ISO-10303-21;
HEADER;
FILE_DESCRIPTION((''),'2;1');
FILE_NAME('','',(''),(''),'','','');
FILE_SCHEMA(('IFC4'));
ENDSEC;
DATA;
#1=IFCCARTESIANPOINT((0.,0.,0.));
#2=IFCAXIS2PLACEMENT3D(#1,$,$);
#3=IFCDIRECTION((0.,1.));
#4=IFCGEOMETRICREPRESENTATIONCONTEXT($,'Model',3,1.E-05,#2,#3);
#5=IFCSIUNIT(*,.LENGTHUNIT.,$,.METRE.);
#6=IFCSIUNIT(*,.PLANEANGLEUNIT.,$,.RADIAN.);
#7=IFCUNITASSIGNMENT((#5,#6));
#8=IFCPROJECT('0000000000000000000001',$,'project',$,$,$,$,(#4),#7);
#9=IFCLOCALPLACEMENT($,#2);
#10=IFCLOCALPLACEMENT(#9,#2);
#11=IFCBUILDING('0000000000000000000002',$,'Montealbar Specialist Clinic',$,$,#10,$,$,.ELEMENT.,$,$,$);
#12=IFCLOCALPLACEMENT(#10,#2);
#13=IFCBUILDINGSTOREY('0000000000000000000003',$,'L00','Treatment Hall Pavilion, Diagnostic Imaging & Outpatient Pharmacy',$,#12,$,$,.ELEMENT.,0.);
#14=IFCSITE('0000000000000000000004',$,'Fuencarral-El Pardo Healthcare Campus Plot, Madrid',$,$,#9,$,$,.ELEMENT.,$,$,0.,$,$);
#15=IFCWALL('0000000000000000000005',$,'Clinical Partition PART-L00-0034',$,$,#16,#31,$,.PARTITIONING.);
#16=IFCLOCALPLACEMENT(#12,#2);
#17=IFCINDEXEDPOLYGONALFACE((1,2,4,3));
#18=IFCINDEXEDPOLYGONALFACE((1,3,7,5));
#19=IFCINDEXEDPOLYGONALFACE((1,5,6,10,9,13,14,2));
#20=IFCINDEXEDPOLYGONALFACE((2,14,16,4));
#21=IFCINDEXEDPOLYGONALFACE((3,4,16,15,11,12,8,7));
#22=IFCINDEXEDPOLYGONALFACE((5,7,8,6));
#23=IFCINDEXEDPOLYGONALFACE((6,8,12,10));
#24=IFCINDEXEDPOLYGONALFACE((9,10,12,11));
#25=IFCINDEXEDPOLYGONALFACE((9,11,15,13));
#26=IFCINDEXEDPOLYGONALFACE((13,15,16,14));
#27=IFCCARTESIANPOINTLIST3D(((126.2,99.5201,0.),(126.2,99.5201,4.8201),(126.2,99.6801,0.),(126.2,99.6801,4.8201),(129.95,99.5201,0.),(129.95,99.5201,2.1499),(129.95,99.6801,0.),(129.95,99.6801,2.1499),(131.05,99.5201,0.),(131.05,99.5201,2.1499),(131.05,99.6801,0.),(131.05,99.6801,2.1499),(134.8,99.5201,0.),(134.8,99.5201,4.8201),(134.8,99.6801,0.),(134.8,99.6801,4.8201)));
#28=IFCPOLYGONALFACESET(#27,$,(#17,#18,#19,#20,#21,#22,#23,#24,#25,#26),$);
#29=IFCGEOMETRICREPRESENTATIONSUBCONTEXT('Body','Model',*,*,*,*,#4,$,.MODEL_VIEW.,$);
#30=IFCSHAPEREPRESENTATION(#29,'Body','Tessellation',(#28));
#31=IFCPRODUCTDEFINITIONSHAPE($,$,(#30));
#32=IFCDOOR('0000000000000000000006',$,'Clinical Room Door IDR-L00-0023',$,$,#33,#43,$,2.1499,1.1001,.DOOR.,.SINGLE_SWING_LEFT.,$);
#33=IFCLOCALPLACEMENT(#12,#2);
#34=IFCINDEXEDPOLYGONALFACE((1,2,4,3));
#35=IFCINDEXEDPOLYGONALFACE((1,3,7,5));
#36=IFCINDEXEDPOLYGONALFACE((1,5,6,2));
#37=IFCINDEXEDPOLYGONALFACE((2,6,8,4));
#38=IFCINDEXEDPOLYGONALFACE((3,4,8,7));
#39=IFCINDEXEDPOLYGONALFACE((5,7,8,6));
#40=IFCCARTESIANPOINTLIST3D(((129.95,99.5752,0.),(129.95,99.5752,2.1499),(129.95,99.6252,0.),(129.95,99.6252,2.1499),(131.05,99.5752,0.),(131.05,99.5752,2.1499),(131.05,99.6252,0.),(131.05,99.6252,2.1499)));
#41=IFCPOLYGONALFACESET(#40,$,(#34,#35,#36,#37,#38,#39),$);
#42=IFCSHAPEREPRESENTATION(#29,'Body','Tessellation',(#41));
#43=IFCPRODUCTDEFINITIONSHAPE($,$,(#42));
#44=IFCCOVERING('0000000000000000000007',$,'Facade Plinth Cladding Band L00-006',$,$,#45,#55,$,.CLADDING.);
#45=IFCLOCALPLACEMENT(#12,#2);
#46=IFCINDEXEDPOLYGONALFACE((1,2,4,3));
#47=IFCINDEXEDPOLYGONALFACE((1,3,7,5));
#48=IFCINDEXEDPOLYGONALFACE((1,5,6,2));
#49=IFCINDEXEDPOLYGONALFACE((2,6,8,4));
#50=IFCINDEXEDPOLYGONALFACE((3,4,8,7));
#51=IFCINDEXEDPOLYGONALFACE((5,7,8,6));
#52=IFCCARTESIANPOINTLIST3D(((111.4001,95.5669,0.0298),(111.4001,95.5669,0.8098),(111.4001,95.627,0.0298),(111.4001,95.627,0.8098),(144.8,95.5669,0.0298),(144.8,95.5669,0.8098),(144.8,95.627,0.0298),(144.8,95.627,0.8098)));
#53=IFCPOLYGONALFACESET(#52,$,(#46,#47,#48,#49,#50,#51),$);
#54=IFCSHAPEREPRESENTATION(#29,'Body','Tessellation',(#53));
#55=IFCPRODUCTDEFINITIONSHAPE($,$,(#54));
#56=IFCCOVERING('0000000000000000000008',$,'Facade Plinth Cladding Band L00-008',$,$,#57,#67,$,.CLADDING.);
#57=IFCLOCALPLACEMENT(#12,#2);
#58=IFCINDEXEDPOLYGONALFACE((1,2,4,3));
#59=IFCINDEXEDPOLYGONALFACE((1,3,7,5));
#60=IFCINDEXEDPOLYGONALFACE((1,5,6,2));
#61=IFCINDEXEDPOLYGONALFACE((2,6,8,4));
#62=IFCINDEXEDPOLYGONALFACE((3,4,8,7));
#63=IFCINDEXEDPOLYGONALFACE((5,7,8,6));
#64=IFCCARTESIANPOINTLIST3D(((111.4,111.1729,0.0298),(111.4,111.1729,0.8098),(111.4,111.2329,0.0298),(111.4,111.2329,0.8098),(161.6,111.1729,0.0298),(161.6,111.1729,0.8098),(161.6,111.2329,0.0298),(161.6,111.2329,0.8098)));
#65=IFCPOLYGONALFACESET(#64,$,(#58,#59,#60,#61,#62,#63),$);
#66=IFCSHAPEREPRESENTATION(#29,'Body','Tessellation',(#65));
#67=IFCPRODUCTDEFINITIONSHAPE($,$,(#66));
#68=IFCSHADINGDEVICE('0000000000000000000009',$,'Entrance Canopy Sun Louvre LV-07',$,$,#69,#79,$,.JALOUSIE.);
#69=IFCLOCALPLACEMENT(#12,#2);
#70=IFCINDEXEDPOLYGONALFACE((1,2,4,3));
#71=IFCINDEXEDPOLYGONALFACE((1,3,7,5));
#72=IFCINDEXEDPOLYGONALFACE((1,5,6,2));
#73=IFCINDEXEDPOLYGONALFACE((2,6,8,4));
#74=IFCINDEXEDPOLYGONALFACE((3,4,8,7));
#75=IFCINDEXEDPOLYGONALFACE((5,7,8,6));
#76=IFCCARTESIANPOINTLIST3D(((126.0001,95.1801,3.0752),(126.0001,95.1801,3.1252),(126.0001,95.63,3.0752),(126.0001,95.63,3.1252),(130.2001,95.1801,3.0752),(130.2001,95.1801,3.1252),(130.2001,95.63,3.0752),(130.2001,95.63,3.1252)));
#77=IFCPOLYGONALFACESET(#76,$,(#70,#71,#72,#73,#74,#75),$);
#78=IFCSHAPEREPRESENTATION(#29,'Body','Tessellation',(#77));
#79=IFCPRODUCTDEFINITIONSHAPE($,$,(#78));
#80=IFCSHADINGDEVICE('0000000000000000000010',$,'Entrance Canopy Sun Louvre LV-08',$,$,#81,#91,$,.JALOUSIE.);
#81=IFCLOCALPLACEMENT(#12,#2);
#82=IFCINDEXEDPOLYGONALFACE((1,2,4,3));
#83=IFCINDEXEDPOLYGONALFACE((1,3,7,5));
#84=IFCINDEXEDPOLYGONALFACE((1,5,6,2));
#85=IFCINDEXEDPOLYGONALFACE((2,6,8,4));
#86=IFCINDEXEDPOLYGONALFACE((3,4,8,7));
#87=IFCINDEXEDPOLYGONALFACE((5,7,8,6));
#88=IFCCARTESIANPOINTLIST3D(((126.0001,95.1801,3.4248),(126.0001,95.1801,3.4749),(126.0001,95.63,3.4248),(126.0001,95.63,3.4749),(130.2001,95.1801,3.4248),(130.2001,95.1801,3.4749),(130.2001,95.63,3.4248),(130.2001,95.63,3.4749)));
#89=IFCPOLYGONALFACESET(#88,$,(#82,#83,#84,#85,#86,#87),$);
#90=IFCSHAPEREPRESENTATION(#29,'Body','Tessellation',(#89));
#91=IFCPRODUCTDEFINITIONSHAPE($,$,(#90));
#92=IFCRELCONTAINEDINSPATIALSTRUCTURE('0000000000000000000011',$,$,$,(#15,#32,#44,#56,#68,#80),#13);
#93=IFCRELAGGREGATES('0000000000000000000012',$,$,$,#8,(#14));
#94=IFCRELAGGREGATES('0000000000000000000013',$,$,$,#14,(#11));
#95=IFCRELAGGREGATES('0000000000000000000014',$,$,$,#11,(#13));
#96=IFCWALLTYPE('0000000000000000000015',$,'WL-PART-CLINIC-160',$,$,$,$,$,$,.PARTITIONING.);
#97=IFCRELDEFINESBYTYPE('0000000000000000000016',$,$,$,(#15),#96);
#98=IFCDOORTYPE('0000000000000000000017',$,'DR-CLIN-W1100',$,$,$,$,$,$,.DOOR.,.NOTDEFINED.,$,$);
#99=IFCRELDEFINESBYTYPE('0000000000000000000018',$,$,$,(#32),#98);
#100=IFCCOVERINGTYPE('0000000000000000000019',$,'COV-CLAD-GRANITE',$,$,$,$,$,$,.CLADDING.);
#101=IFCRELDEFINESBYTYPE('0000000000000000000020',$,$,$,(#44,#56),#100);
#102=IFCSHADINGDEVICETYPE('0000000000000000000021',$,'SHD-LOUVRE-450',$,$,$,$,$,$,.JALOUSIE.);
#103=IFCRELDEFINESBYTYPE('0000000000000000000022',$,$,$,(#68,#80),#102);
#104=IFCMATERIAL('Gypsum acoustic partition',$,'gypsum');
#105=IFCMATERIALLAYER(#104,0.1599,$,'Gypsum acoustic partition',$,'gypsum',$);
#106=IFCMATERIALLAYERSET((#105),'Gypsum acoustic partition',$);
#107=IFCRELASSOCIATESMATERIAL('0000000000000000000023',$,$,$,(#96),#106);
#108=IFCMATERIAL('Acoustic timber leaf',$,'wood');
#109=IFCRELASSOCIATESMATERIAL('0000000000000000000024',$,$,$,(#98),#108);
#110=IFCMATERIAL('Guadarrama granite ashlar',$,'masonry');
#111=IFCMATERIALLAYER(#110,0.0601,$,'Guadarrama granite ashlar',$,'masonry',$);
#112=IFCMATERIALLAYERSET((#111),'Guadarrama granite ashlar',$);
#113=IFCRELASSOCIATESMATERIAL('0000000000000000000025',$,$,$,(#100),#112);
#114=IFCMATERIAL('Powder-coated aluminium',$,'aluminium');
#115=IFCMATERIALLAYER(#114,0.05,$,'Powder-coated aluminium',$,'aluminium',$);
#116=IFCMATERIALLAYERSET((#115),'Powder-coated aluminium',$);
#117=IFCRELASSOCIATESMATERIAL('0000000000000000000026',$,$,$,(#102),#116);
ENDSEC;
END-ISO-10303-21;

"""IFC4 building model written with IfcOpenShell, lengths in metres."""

from ifc_helpers import new_model, si_unit, direction, frame, frame_2d, origin, origin_2d, place, context, subcontext, project, spatial, rectangle, extrude, material, layer, layer_set, type_object, element, fill, save


model = new_model("IFC4")

# Units and contexts
model_context = context("Model", 3, precision=1e-05, world=origin(), true_north=direction((0.0, 1.0)))
body_context = subcontext(model_context, "Body", "Model", "MODEL_VIEW")
ifc_project = project(units=[si_unit("LENGTHUNIT", "METRE"), si_unit("PLANEANGLEUNIT", "RADIAN")], contexts=[model_context])

# Site, building, storey
site_placement = place(None, origin())
site = spatial("IfcSite", under=ifc_project, at=site_placement, Name="Fuencarral-El Pardo Healthcare Campus Plot, Madrid", CompositionType="ELEMENT", RefElevation=0.0)
building_placement = place(site_placement, origin())
building = spatial("IfcBuilding", under=site, at=building_placement, Name="Montealbar Specialist Clinic", CompositionType="ELEMENT")
storey_placement = place(building_placement, origin())
storey = spatial("IfcBuildingStorey", under=building, at=storey_placement, Name="L00", Description="Treatment Hall Pavilion, Diagnostic Imaging & Outpatient Pharmacy", CompositionType="ELEMENT", Elevation=0.0)

# Shared definitions
ifc_material_1 = material(Name="Guadarrama granite ashlar", Category="masonry")

# Wall, opening, door
ifc_material_2 = material(Name="Gypsum acoustic partition", Category="gypsum")
ifc_layer_1 = layer(ifc_material_2, 0.1599, Name="Gypsum acoustic partition", Category="gypsum")
ifc_layer_set_1 = layer_set([ifc_layer_1], Name="Gypsum acoustic partition")
wall_type = type_object("IfcWallType", Name="WL-PART-CLINIC-160", PredefinedType="PARTITIONING", material=ifc_layer_set_1)
wall_placement = place(storey_placement, frame((126.2, 99.6001, 0.0), z_axis=(0.0, 0.0, 1.0), x_axis=(1.0, 0.0, 0.0)))
wall = element("IfcWall", 1, at=wall_placement, inside=storey, type_object=wall_type, Name="Clinical Partition PART-L00-0034", PredefinedType="PARTITIONING", context=body_context, shape_type="SweptSolid", body=[
    extrude(rectangle(XDim=8.6001, YDim=0.1599, at=frame_2d((4.3, 0.0))), origin(), (0.0, 0.0, 1.0), 4.8201),
])
opening_placement = place(wall_placement, frame((3.75, 0.0, 0.0)))
opening = element("IfcOpeningElement", 2, at=opening_placement, cuts=wall, PredefinedType="OPENING", context=body_context, shape_type="SweptSolid", body=[
    extrude(rectangle(XDim=1.1001, YDim=2.1499, at=frame_2d((0.55, 1.075))), frame((0.0, 0.0898, 0.0), z_axis=(0.0, -1.0, 0.0), x_axis=(1.0, 0.0, 0.0)), (0.0, 0.0, 1.0), 0.1799),
])
ifc_material_3 = material(Name="Acoustic timber leaf", Category="wood")
door_type = type_object("IfcDoorType", Name="DR-CLIN-W1100", OperationType="NOTDEFINED", PredefinedType="DOOR", material=ifc_material_3)
door_placement = place(opening_placement, frame((1.1001, 0.0, 0.0), z_axis=(0.0, 0.0, 1.0), x_axis=(-1.0, 0.0, 0.0)))
door = element("IfcDoor", 3, at=door_placement, inside=storey, type_object=door_type, Name="Clinical Room Door IDR-L00-0023", OperationType="SINGLE_SWING_LEFT", OverallHeight=2.1499, OverallWidth=1.1001, PredefinedType="DOOR", context=body_context, shape_type="SweptSolid", body=[
    extrude(rectangle(XDim=1.1001, YDim=2.1499, at=frame_2d((0.55, 1.075))), frame((0.0, 0.0249, 0.0), z_axis=(0.0, -1.0, 0.0), x_axis=(1.0, 0.0, 0.0)), (0.0, 0.0, 1.0), 0.05),
])
fill(opening, door)

# Coverings
ifc_layer_2 = layer(ifc_material_1, 0.0601, Name="Guadarrama granite ashlar", Category="masonry")
ifc_layer_set_2 = layer_set([ifc_layer_2], Name="Guadarrama granite ashlar")
covering_type = type_object("IfcCoveringType", Name="COV-CLAD-GRANITE", PredefinedType="CLADDING", material=ifc_layer_set_2)
covering_1_placement = place(storey_placement, frame((128.1001, 95.5969, 0.0298), z_axis=(0.0, 0.0, 1.0), x_axis=(-1.0, 0.0, 0.0)))
element("IfcCovering", 4, at=covering_1_placement, inside=storey, type_object=covering_type, Name="Facade Plinth Cladding Band L00-006", PredefinedType="CLADDING", context=body_context, shape_type="SweptSolid", body=[
    extrude(rectangle(XDim=33.3999, YDim=0.0601, at=origin_2d()), origin(), (0.0, 0.0, 1.0), 0.78),
])
covering_2_placement = place(storey_placement, frame((136.5, 111.2029, 0.0298), z_axis=(0.0, 0.0, 1.0), x_axis=(1.0, 0.0, 0.0)))
element("IfcCovering", 5, at=covering_2_placement, inside=storey, type_object=covering_type, Name="Facade Plinth Cladding Band L00-008", PredefinedType="CLADDING", context=body_context, shape_type="SweptSolid", body=[
    extrude(rectangle(XDim=50.2, YDim=0.0601, at=origin_2d()), origin(), (0.0, 0.0, 1.0), 0.78),
])

# Shading devices
ifc_material_4 = material(Name="Powder-coated aluminium", Category="aluminium")
ifc_layer_3 = layer(ifc_material_4, 0.05, Name="Powder-coated aluminium", Category="aluminium")
ifc_layer_set_3 = layer_set([ifc_layer_3], Name="Powder-coated aluminium")
shading_device_type = type_object("IfcShadingDeviceType", Name="SHD-LOUVRE-450", PredefinedType="JALOUSIE", material=ifc_layer_set_3)
for number, where, z_axis, x_axis, name in (
    (6, (128.1001, 95.405, 3.0752), (0.0, 0.0, 1.0), (-1.0, 0.0, 0.0), "Entrance Canopy Sun Louvre LV-07"),
    (7, (128.1001, 95.405, 3.4248), (0.0, 0.0, 1.0), (-1.0, 0.0, 0.0), "Entrance Canopy Sun Louvre LV-08"),
):
    element("IfcShadingDevice", number, at=place(storey_placement, frame(where, z_axis=z_axis, x_axis=x_axis)), inside=storey, type_object=shading_device_type, Name=name, PredefinedType="JALOUSIE", context=body_context, shape_type="SweptSolid", body=[
        extrude(rectangle(XDim=4.2, YDim=0.45, at=origin_2d()), origin(), (0.0, 0.0, 1.0), 0.05),
    ])

save(model, "model.ifc")
